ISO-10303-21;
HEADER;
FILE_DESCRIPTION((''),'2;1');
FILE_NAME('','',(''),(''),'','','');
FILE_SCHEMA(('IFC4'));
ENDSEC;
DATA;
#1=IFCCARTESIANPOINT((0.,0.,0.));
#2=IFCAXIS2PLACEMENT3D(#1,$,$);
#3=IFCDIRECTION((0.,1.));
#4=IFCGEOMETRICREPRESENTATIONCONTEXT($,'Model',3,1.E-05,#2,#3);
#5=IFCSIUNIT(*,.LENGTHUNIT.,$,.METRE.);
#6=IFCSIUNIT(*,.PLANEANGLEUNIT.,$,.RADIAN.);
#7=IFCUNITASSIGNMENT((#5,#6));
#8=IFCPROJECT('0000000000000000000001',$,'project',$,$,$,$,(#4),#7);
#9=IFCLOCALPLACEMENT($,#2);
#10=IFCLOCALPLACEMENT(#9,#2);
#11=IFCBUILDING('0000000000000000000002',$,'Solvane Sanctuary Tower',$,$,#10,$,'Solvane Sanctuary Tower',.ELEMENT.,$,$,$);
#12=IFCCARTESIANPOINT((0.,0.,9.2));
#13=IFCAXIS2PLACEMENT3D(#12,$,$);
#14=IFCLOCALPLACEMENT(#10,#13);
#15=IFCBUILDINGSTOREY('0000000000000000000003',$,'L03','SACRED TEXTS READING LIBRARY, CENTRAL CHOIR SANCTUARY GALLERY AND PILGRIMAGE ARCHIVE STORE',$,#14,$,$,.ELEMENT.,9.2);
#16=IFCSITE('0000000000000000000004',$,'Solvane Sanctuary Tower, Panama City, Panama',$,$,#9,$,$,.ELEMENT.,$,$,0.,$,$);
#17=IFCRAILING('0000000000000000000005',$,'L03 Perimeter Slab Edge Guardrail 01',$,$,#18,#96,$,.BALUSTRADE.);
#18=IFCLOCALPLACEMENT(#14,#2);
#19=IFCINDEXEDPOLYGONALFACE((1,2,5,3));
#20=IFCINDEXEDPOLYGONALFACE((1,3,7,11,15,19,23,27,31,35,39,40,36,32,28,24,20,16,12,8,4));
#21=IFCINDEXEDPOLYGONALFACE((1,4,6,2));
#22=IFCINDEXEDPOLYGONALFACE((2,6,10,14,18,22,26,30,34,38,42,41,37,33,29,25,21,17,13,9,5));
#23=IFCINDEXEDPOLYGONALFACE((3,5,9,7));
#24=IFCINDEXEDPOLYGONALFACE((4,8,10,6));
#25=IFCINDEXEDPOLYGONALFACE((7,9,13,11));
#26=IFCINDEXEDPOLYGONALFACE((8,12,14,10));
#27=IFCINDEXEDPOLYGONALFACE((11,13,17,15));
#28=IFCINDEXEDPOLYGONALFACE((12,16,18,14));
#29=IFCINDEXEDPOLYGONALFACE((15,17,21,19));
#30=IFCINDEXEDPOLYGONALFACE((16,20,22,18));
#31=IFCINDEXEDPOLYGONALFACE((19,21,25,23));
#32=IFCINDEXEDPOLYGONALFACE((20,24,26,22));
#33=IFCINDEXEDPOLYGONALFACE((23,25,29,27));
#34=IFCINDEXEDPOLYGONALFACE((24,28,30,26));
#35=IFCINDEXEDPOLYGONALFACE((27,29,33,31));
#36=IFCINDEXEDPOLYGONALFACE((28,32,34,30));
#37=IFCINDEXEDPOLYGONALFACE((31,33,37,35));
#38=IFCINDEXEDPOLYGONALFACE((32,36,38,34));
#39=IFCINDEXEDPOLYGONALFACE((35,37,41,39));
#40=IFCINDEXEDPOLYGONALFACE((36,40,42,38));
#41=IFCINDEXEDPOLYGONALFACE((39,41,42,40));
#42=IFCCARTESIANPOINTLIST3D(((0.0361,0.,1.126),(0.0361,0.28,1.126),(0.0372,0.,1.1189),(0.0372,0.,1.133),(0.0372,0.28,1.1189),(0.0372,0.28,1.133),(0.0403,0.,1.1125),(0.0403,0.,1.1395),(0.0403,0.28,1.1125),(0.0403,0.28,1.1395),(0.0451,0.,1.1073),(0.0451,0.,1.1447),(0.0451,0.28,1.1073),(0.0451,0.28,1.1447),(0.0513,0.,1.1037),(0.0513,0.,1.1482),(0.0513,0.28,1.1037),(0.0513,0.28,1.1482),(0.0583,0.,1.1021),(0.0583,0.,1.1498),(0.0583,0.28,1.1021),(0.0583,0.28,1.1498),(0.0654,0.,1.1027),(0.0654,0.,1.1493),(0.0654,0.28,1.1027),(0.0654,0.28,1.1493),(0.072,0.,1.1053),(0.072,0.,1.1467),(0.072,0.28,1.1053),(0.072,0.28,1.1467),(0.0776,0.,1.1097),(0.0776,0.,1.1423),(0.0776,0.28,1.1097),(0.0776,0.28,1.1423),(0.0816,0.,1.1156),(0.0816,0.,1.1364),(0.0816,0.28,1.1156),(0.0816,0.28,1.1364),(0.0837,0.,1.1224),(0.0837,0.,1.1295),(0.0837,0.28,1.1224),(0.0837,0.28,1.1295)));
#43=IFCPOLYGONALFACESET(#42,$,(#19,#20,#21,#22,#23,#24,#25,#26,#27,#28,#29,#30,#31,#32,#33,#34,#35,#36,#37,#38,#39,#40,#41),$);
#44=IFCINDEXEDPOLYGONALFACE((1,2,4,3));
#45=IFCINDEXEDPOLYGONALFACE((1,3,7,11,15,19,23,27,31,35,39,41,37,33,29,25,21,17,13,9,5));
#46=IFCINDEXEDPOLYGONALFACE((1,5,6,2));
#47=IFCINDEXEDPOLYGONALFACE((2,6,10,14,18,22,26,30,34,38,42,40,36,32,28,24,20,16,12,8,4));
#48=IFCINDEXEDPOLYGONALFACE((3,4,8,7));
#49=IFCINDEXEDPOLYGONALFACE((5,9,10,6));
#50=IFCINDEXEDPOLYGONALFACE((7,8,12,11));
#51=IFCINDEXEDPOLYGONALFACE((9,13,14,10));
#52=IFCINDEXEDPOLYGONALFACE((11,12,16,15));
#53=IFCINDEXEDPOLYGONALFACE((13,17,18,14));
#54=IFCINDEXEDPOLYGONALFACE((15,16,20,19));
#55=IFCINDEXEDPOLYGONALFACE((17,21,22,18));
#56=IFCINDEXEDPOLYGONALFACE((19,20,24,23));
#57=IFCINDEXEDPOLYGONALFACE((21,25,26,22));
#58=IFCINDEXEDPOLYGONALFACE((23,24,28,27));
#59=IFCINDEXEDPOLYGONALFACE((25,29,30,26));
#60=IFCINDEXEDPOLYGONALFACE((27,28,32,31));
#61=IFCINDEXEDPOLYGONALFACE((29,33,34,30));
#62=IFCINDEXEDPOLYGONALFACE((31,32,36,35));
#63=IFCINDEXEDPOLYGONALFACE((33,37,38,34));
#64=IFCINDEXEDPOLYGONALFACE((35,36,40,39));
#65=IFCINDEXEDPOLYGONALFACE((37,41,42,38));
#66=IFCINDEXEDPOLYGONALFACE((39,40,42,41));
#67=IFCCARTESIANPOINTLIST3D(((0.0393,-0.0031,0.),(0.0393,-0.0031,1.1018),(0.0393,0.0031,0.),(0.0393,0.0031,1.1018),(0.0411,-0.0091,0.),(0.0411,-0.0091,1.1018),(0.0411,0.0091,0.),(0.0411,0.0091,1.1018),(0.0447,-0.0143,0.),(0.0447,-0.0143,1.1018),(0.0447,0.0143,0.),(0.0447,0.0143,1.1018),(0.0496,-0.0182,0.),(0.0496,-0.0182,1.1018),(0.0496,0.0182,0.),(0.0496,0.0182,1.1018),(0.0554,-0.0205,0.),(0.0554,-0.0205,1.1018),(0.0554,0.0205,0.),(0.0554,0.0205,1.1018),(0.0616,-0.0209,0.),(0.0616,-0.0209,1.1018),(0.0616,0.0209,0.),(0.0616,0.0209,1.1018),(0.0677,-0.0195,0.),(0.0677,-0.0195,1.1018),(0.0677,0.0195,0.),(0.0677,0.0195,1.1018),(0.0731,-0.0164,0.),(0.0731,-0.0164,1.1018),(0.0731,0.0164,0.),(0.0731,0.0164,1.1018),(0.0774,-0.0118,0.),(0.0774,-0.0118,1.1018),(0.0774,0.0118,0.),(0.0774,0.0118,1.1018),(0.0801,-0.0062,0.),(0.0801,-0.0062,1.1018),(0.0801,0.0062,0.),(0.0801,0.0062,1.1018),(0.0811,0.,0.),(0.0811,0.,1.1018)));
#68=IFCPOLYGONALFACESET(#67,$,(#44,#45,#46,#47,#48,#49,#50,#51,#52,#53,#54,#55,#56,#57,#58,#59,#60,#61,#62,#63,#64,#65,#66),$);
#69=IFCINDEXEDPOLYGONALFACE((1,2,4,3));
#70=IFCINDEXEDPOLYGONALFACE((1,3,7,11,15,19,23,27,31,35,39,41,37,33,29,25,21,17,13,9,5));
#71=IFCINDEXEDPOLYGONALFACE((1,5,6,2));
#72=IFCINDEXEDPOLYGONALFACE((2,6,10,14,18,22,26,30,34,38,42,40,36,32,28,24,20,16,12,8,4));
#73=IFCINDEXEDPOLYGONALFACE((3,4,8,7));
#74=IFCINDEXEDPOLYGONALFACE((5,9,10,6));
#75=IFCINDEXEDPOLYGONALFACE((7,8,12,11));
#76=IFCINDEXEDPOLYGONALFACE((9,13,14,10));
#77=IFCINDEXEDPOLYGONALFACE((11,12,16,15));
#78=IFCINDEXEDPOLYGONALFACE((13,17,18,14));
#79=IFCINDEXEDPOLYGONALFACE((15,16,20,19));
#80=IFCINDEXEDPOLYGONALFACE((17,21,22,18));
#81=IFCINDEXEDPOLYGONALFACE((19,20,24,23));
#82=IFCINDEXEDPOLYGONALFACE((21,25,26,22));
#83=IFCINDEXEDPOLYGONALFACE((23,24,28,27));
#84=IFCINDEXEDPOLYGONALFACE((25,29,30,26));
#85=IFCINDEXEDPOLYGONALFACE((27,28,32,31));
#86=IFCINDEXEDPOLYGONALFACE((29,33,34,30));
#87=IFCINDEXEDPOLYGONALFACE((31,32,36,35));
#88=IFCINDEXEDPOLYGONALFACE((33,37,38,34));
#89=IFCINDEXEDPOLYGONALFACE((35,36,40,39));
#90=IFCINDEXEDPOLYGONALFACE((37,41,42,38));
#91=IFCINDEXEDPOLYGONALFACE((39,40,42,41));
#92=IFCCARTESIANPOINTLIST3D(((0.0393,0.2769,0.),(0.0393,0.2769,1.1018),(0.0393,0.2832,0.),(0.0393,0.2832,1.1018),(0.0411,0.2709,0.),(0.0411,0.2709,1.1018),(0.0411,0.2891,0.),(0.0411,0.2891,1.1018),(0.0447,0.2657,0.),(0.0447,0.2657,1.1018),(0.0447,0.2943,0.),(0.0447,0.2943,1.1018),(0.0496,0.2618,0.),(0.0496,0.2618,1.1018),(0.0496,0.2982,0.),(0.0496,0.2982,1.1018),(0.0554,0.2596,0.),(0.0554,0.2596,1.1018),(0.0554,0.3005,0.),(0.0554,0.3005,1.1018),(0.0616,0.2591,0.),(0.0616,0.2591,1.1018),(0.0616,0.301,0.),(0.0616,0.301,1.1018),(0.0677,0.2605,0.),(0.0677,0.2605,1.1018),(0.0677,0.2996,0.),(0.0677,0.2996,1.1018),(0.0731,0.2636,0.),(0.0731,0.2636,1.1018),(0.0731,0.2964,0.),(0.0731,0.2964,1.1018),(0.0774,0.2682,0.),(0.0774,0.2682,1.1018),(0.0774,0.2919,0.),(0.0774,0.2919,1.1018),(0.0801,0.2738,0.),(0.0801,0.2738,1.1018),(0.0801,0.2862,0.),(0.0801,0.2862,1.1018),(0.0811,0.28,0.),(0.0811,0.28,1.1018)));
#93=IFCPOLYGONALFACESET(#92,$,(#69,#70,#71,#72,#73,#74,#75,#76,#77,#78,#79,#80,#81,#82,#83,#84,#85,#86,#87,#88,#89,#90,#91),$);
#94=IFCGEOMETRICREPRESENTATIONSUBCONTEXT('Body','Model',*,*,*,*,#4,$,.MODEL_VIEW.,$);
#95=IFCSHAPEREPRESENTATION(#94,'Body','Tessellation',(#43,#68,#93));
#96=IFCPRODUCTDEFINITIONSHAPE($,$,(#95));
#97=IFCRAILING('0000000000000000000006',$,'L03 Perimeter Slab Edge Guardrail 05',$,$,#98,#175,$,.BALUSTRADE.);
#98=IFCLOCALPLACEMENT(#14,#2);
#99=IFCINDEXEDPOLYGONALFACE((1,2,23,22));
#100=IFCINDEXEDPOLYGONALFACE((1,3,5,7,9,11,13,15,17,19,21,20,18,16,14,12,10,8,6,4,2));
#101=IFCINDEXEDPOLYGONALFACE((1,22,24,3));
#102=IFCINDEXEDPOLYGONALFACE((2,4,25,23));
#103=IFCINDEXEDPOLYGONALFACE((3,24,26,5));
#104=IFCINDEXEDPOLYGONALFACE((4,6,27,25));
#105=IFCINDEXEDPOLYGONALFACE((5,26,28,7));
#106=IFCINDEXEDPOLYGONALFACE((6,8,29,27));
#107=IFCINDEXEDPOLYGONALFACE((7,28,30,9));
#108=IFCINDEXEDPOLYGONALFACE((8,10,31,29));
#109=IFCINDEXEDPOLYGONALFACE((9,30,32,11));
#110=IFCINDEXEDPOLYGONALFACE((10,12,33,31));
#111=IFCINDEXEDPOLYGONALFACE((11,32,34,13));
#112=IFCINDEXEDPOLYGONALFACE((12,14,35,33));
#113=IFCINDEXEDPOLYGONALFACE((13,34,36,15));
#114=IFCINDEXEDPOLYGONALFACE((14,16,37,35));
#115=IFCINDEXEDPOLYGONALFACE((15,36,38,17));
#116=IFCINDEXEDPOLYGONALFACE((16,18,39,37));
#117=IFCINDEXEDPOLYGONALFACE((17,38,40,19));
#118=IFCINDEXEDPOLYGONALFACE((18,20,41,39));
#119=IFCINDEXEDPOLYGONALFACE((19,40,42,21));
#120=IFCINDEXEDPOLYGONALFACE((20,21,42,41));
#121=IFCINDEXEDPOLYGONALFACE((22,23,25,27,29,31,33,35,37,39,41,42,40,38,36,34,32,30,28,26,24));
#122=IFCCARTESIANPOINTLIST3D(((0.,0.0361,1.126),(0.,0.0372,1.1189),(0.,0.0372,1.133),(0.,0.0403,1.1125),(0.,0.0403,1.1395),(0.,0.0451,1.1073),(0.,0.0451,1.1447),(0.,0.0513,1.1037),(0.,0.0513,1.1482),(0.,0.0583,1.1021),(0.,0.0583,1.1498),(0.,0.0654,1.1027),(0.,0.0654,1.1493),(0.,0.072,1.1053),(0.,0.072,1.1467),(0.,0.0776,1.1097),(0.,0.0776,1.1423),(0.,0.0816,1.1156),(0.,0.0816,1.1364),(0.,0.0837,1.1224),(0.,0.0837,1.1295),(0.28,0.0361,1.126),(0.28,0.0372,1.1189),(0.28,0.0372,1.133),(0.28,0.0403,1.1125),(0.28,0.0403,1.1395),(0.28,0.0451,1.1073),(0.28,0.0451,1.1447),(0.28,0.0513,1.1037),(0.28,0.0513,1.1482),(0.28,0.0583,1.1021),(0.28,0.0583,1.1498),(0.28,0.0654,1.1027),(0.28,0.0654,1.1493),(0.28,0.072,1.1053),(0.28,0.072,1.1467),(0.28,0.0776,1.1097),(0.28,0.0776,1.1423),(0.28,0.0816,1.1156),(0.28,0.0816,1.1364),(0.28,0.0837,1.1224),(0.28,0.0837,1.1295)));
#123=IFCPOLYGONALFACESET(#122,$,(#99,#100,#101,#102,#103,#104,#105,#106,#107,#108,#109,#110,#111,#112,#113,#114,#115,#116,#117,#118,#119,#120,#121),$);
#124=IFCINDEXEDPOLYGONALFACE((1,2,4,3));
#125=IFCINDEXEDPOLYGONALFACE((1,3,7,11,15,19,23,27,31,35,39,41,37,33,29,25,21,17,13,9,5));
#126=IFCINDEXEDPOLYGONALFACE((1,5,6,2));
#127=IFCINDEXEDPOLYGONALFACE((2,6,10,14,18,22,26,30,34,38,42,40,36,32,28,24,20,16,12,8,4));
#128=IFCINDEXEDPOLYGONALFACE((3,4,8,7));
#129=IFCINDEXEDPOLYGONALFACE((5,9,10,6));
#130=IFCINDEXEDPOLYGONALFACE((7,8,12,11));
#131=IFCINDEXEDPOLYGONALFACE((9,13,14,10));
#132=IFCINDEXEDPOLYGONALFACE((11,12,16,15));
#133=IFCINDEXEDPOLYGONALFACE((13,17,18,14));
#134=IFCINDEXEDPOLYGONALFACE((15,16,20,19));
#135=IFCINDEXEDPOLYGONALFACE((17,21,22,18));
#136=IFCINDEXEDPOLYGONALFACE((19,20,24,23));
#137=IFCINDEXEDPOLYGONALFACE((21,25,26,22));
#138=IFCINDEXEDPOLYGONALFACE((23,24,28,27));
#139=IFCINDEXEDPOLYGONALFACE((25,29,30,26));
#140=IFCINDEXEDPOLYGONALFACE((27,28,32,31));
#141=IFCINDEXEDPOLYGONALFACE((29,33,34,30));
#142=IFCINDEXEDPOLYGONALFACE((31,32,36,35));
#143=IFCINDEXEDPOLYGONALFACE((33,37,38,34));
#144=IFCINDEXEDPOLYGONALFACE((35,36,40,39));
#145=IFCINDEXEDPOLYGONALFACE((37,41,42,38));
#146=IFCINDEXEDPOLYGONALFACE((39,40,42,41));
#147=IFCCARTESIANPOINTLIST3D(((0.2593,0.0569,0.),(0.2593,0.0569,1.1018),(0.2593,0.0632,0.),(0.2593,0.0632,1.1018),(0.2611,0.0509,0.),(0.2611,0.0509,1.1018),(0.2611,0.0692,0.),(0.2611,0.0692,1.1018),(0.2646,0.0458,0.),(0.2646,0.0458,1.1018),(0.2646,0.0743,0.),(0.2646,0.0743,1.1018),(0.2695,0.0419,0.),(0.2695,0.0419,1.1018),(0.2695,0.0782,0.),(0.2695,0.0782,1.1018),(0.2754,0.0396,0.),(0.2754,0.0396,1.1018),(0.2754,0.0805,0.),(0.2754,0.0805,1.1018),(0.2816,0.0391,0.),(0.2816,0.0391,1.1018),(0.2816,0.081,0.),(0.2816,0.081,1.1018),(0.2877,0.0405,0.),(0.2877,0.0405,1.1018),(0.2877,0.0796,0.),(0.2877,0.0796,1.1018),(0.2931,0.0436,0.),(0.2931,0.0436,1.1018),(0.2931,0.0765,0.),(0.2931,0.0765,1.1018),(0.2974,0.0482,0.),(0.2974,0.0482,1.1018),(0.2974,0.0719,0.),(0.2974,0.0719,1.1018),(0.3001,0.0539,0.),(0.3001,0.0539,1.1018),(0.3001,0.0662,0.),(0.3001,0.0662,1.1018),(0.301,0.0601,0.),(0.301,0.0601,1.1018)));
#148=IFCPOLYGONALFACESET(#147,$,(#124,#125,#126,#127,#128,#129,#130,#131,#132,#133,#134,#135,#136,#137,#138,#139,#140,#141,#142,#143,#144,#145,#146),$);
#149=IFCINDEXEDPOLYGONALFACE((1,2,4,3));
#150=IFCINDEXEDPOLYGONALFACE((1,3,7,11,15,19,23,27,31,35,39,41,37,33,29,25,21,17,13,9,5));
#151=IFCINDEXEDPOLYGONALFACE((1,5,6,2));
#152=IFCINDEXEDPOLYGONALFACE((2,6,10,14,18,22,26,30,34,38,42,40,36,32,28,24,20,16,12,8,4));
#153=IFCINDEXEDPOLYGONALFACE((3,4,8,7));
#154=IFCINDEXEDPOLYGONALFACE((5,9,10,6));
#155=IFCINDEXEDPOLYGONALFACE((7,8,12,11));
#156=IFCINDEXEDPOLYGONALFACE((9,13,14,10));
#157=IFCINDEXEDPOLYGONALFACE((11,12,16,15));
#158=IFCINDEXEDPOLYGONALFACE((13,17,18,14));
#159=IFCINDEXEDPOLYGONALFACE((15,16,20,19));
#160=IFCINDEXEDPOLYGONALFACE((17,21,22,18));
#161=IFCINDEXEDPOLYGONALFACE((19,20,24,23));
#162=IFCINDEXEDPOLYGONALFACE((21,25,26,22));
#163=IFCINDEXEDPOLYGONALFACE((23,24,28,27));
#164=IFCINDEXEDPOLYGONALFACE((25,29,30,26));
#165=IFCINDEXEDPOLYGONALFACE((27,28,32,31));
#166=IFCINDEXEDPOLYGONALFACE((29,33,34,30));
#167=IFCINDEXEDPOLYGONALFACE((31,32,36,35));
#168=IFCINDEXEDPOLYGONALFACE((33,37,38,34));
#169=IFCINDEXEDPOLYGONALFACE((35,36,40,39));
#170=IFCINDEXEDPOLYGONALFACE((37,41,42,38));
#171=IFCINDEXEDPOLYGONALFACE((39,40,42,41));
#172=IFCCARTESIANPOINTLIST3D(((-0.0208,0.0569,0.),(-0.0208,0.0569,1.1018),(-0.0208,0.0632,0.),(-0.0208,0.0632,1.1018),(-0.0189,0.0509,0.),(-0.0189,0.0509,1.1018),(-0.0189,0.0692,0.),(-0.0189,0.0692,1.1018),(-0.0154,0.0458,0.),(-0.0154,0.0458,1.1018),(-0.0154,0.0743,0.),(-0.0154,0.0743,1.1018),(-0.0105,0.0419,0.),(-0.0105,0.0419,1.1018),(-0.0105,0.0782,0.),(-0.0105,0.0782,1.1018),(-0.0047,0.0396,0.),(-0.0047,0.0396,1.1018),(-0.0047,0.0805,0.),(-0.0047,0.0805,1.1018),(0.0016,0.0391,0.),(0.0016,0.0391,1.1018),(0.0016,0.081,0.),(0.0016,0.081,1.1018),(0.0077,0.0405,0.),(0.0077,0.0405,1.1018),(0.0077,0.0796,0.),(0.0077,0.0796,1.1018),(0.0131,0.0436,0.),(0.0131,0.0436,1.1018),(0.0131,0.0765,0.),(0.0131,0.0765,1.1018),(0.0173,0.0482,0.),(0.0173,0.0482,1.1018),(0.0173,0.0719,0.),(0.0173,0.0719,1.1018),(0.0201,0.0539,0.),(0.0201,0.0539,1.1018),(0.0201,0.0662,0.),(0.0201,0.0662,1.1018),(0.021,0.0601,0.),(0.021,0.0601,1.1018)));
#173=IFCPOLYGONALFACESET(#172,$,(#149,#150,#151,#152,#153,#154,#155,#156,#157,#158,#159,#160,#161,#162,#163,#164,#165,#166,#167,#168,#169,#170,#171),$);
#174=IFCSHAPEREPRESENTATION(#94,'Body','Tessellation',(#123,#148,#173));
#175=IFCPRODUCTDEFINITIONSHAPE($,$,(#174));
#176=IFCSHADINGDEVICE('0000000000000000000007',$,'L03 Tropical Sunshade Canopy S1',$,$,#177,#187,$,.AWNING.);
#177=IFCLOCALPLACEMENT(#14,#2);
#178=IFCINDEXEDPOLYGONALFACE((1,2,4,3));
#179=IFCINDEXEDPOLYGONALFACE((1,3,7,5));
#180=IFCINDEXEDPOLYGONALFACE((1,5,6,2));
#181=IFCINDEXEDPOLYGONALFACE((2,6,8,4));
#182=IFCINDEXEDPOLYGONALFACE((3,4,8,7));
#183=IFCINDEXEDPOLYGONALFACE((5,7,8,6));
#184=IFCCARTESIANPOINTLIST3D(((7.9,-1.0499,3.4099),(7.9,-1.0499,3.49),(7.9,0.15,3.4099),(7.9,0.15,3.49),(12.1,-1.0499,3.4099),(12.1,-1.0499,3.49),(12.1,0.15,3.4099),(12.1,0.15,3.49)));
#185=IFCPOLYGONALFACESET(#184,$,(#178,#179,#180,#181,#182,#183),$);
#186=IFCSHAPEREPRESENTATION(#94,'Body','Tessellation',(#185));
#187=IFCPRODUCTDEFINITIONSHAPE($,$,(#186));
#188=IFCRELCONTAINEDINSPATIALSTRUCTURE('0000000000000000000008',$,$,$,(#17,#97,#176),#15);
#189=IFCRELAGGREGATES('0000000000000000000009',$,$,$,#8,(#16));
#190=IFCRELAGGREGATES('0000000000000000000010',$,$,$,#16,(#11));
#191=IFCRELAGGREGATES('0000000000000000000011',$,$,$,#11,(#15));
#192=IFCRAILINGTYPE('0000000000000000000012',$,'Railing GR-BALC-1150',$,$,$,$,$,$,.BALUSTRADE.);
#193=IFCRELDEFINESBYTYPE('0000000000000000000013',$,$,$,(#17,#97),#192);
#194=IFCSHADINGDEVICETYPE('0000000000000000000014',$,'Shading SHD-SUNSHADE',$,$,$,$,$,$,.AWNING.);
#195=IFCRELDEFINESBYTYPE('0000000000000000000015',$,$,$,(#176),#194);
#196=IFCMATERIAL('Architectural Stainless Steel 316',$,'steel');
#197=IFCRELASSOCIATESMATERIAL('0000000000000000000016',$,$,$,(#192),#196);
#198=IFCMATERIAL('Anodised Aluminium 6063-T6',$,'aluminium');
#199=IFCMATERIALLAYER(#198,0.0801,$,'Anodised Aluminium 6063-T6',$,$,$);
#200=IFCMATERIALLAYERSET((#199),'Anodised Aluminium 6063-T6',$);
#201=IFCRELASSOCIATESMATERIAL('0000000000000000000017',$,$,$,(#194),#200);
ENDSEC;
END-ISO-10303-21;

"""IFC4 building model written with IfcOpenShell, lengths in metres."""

from ifc_helpers import new_model, si_unit, direction, frame, origin, origin_2d, place, context, subcontext, project, spatial, rectangle, circle, extrude, material, layer, layer_set, type_object, element, save


model = new_model("IFC4")

# Units and contexts
model_context = context("Model", 3, precision=1e-05, world=origin(), true_north=direction((0.0, 1.0)))
body_context = subcontext(model_context, "Body", "Model", "MODEL_VIEW")
ifc_project = project(units=[si_unit("LENGTHUNIT", "METRE"), si_unit("PLANEANGLEUNIT", "RADIAN")], contexts=[model_context])

# Site, building, storey
site_placement = place(None, origin())
site = spatial("IfcSite", under=ifc_project, at=site_placement, Name="Solvane Sanctuary Tower, Panama City, Panama", CompositionType="ELEMENT", RefElevation=0.0)
building_placement = place(site_placement, origin())
building = spatial("IfcBuilding", under=site, at=building_placement, Name="Solvane Sanctuary Tower", LongName="Solvane Sanctuary Tower", CompositionType="ELEMENT")
storey_placement = place(building_placement, frame((0.0, 0.0, 9.2)))
storey = spatial("IfcBuildingStorey", under=building, at=storey_placement, Name="L03", Description="SACRED TEXTS READING LIBRARY, CENTRAL CHOIR SANCTUARY GALLERY AND PILGRIMAGE ARCHIVE STORE", CompositionType="ELEMENT", Elevation=9.2)

# Shared definitions
ifc_material_1 = material(Name="Architectural Stainless Steel 316", Category="steel")

# Railings
railing_type = type_object("IfcRailingType", Name="Railing GR-BALC-1150", PredefinedType="BALUSTRADE", material=ifc_material_1)
railing_1_placement = place(storey_placement, frame((0.0601, 0.0, 0.0)))
element("IfcRailing", 1, at=railing_1_placement, inside=storey, type_object=railing_type, Name="L03 Perimeter Slab Edge Guardrail 01", PredefinedType="BALUSTRADE", context=body_context, shape_type="SweptSolid", body=[
    extrude(circle(Radius=0.0239, at=origin_2d()), frame((0.0, 0.0, 1.126), z_axis=(0.0, 1.0, 0.0), x_axis=(-1.0, 0.0, 0.0)), (0.0, 0.0, 1.0), 0.28),
    extrude(circle(Radius=0.021, at=origin_2d()), origin(), (0.0, 0.0, 1.0), 1.1018),
    extrude(circle(Radius=0.021, at=origin_2d()), frame((0.0, 0.28, 0.0)), (0.0, 0.0, 1.0), 1.1018),
])
railing_2_placement = place(storey_placement, frame((0.28, 0.0601, 0.0)))
element("IfcRailing", 2, at=railing_2_placement, inside=storey, type_object=railing_type, Name="L03 Perimeter Slab Edge Guardrail 05", PredefinedType="BALUSTRADE", context=body_context, shape_type="SweptSolid", body=[
    extrude(circle(Radius=0.0239, at=origin_2d()), frame((0.0, 0.0, 1.126), z_axis=(-1.0, 0.0, 0.0), x_axis=(0.0, -1.0, 0.0)), (0.0, 0.0, 1.0), 0.28),
    extrude(circle(Radius=0.021, at=origin_2d()), origin(), (0.0, 0.0, 1.0), 1.1018),
    extrude(circle(Radius=0.021, at=origin_2d()), frame((-0.28, 0.0, 0.0)), (0.0, 0.0, 1.0), 1.1018),
])

# Shading device
ifc_material_2 = material(Name="Anodised Aluminium 6063-T6", Category="aluminium")
ifc_layer_1 = layer(ifc_material_2, 0.0801, Name="Anodised Aluminium 6063-T6")
ifc_layer_set_1 = layer_set([ifc_layer_1], Name="Anodised Aluminium 6063-T6")
shading_device_type = type_object("IfcShadingDeviceType", Name="Shading SHD-SUNSHADE", PredefinedType="AWNING", material=ifc_layer_set_1)
shading_device_placement = place(storey_placement, frame((10.0, -0.45, 3.4099), z_axis=(0.0, 0.0, 1.0), x_axis=(1.0, 0.0, 0.0)))
element("IfcShadingDevice", 3, at=shading_device_placement, inside=storey, type_object=shading_device_type, Name="L03 Tropical Sunshade Canopy S1", PredefinedType="AWNING", context=body_context, shape_type="SweptSolid", body=[
    extrude(rectangle(XDim=4.2, YDim=1.2, at=origin_2d()), origin(), (0.0, 0.0, 1.0), 0.0801),
])

save(model, "model.ifc")
